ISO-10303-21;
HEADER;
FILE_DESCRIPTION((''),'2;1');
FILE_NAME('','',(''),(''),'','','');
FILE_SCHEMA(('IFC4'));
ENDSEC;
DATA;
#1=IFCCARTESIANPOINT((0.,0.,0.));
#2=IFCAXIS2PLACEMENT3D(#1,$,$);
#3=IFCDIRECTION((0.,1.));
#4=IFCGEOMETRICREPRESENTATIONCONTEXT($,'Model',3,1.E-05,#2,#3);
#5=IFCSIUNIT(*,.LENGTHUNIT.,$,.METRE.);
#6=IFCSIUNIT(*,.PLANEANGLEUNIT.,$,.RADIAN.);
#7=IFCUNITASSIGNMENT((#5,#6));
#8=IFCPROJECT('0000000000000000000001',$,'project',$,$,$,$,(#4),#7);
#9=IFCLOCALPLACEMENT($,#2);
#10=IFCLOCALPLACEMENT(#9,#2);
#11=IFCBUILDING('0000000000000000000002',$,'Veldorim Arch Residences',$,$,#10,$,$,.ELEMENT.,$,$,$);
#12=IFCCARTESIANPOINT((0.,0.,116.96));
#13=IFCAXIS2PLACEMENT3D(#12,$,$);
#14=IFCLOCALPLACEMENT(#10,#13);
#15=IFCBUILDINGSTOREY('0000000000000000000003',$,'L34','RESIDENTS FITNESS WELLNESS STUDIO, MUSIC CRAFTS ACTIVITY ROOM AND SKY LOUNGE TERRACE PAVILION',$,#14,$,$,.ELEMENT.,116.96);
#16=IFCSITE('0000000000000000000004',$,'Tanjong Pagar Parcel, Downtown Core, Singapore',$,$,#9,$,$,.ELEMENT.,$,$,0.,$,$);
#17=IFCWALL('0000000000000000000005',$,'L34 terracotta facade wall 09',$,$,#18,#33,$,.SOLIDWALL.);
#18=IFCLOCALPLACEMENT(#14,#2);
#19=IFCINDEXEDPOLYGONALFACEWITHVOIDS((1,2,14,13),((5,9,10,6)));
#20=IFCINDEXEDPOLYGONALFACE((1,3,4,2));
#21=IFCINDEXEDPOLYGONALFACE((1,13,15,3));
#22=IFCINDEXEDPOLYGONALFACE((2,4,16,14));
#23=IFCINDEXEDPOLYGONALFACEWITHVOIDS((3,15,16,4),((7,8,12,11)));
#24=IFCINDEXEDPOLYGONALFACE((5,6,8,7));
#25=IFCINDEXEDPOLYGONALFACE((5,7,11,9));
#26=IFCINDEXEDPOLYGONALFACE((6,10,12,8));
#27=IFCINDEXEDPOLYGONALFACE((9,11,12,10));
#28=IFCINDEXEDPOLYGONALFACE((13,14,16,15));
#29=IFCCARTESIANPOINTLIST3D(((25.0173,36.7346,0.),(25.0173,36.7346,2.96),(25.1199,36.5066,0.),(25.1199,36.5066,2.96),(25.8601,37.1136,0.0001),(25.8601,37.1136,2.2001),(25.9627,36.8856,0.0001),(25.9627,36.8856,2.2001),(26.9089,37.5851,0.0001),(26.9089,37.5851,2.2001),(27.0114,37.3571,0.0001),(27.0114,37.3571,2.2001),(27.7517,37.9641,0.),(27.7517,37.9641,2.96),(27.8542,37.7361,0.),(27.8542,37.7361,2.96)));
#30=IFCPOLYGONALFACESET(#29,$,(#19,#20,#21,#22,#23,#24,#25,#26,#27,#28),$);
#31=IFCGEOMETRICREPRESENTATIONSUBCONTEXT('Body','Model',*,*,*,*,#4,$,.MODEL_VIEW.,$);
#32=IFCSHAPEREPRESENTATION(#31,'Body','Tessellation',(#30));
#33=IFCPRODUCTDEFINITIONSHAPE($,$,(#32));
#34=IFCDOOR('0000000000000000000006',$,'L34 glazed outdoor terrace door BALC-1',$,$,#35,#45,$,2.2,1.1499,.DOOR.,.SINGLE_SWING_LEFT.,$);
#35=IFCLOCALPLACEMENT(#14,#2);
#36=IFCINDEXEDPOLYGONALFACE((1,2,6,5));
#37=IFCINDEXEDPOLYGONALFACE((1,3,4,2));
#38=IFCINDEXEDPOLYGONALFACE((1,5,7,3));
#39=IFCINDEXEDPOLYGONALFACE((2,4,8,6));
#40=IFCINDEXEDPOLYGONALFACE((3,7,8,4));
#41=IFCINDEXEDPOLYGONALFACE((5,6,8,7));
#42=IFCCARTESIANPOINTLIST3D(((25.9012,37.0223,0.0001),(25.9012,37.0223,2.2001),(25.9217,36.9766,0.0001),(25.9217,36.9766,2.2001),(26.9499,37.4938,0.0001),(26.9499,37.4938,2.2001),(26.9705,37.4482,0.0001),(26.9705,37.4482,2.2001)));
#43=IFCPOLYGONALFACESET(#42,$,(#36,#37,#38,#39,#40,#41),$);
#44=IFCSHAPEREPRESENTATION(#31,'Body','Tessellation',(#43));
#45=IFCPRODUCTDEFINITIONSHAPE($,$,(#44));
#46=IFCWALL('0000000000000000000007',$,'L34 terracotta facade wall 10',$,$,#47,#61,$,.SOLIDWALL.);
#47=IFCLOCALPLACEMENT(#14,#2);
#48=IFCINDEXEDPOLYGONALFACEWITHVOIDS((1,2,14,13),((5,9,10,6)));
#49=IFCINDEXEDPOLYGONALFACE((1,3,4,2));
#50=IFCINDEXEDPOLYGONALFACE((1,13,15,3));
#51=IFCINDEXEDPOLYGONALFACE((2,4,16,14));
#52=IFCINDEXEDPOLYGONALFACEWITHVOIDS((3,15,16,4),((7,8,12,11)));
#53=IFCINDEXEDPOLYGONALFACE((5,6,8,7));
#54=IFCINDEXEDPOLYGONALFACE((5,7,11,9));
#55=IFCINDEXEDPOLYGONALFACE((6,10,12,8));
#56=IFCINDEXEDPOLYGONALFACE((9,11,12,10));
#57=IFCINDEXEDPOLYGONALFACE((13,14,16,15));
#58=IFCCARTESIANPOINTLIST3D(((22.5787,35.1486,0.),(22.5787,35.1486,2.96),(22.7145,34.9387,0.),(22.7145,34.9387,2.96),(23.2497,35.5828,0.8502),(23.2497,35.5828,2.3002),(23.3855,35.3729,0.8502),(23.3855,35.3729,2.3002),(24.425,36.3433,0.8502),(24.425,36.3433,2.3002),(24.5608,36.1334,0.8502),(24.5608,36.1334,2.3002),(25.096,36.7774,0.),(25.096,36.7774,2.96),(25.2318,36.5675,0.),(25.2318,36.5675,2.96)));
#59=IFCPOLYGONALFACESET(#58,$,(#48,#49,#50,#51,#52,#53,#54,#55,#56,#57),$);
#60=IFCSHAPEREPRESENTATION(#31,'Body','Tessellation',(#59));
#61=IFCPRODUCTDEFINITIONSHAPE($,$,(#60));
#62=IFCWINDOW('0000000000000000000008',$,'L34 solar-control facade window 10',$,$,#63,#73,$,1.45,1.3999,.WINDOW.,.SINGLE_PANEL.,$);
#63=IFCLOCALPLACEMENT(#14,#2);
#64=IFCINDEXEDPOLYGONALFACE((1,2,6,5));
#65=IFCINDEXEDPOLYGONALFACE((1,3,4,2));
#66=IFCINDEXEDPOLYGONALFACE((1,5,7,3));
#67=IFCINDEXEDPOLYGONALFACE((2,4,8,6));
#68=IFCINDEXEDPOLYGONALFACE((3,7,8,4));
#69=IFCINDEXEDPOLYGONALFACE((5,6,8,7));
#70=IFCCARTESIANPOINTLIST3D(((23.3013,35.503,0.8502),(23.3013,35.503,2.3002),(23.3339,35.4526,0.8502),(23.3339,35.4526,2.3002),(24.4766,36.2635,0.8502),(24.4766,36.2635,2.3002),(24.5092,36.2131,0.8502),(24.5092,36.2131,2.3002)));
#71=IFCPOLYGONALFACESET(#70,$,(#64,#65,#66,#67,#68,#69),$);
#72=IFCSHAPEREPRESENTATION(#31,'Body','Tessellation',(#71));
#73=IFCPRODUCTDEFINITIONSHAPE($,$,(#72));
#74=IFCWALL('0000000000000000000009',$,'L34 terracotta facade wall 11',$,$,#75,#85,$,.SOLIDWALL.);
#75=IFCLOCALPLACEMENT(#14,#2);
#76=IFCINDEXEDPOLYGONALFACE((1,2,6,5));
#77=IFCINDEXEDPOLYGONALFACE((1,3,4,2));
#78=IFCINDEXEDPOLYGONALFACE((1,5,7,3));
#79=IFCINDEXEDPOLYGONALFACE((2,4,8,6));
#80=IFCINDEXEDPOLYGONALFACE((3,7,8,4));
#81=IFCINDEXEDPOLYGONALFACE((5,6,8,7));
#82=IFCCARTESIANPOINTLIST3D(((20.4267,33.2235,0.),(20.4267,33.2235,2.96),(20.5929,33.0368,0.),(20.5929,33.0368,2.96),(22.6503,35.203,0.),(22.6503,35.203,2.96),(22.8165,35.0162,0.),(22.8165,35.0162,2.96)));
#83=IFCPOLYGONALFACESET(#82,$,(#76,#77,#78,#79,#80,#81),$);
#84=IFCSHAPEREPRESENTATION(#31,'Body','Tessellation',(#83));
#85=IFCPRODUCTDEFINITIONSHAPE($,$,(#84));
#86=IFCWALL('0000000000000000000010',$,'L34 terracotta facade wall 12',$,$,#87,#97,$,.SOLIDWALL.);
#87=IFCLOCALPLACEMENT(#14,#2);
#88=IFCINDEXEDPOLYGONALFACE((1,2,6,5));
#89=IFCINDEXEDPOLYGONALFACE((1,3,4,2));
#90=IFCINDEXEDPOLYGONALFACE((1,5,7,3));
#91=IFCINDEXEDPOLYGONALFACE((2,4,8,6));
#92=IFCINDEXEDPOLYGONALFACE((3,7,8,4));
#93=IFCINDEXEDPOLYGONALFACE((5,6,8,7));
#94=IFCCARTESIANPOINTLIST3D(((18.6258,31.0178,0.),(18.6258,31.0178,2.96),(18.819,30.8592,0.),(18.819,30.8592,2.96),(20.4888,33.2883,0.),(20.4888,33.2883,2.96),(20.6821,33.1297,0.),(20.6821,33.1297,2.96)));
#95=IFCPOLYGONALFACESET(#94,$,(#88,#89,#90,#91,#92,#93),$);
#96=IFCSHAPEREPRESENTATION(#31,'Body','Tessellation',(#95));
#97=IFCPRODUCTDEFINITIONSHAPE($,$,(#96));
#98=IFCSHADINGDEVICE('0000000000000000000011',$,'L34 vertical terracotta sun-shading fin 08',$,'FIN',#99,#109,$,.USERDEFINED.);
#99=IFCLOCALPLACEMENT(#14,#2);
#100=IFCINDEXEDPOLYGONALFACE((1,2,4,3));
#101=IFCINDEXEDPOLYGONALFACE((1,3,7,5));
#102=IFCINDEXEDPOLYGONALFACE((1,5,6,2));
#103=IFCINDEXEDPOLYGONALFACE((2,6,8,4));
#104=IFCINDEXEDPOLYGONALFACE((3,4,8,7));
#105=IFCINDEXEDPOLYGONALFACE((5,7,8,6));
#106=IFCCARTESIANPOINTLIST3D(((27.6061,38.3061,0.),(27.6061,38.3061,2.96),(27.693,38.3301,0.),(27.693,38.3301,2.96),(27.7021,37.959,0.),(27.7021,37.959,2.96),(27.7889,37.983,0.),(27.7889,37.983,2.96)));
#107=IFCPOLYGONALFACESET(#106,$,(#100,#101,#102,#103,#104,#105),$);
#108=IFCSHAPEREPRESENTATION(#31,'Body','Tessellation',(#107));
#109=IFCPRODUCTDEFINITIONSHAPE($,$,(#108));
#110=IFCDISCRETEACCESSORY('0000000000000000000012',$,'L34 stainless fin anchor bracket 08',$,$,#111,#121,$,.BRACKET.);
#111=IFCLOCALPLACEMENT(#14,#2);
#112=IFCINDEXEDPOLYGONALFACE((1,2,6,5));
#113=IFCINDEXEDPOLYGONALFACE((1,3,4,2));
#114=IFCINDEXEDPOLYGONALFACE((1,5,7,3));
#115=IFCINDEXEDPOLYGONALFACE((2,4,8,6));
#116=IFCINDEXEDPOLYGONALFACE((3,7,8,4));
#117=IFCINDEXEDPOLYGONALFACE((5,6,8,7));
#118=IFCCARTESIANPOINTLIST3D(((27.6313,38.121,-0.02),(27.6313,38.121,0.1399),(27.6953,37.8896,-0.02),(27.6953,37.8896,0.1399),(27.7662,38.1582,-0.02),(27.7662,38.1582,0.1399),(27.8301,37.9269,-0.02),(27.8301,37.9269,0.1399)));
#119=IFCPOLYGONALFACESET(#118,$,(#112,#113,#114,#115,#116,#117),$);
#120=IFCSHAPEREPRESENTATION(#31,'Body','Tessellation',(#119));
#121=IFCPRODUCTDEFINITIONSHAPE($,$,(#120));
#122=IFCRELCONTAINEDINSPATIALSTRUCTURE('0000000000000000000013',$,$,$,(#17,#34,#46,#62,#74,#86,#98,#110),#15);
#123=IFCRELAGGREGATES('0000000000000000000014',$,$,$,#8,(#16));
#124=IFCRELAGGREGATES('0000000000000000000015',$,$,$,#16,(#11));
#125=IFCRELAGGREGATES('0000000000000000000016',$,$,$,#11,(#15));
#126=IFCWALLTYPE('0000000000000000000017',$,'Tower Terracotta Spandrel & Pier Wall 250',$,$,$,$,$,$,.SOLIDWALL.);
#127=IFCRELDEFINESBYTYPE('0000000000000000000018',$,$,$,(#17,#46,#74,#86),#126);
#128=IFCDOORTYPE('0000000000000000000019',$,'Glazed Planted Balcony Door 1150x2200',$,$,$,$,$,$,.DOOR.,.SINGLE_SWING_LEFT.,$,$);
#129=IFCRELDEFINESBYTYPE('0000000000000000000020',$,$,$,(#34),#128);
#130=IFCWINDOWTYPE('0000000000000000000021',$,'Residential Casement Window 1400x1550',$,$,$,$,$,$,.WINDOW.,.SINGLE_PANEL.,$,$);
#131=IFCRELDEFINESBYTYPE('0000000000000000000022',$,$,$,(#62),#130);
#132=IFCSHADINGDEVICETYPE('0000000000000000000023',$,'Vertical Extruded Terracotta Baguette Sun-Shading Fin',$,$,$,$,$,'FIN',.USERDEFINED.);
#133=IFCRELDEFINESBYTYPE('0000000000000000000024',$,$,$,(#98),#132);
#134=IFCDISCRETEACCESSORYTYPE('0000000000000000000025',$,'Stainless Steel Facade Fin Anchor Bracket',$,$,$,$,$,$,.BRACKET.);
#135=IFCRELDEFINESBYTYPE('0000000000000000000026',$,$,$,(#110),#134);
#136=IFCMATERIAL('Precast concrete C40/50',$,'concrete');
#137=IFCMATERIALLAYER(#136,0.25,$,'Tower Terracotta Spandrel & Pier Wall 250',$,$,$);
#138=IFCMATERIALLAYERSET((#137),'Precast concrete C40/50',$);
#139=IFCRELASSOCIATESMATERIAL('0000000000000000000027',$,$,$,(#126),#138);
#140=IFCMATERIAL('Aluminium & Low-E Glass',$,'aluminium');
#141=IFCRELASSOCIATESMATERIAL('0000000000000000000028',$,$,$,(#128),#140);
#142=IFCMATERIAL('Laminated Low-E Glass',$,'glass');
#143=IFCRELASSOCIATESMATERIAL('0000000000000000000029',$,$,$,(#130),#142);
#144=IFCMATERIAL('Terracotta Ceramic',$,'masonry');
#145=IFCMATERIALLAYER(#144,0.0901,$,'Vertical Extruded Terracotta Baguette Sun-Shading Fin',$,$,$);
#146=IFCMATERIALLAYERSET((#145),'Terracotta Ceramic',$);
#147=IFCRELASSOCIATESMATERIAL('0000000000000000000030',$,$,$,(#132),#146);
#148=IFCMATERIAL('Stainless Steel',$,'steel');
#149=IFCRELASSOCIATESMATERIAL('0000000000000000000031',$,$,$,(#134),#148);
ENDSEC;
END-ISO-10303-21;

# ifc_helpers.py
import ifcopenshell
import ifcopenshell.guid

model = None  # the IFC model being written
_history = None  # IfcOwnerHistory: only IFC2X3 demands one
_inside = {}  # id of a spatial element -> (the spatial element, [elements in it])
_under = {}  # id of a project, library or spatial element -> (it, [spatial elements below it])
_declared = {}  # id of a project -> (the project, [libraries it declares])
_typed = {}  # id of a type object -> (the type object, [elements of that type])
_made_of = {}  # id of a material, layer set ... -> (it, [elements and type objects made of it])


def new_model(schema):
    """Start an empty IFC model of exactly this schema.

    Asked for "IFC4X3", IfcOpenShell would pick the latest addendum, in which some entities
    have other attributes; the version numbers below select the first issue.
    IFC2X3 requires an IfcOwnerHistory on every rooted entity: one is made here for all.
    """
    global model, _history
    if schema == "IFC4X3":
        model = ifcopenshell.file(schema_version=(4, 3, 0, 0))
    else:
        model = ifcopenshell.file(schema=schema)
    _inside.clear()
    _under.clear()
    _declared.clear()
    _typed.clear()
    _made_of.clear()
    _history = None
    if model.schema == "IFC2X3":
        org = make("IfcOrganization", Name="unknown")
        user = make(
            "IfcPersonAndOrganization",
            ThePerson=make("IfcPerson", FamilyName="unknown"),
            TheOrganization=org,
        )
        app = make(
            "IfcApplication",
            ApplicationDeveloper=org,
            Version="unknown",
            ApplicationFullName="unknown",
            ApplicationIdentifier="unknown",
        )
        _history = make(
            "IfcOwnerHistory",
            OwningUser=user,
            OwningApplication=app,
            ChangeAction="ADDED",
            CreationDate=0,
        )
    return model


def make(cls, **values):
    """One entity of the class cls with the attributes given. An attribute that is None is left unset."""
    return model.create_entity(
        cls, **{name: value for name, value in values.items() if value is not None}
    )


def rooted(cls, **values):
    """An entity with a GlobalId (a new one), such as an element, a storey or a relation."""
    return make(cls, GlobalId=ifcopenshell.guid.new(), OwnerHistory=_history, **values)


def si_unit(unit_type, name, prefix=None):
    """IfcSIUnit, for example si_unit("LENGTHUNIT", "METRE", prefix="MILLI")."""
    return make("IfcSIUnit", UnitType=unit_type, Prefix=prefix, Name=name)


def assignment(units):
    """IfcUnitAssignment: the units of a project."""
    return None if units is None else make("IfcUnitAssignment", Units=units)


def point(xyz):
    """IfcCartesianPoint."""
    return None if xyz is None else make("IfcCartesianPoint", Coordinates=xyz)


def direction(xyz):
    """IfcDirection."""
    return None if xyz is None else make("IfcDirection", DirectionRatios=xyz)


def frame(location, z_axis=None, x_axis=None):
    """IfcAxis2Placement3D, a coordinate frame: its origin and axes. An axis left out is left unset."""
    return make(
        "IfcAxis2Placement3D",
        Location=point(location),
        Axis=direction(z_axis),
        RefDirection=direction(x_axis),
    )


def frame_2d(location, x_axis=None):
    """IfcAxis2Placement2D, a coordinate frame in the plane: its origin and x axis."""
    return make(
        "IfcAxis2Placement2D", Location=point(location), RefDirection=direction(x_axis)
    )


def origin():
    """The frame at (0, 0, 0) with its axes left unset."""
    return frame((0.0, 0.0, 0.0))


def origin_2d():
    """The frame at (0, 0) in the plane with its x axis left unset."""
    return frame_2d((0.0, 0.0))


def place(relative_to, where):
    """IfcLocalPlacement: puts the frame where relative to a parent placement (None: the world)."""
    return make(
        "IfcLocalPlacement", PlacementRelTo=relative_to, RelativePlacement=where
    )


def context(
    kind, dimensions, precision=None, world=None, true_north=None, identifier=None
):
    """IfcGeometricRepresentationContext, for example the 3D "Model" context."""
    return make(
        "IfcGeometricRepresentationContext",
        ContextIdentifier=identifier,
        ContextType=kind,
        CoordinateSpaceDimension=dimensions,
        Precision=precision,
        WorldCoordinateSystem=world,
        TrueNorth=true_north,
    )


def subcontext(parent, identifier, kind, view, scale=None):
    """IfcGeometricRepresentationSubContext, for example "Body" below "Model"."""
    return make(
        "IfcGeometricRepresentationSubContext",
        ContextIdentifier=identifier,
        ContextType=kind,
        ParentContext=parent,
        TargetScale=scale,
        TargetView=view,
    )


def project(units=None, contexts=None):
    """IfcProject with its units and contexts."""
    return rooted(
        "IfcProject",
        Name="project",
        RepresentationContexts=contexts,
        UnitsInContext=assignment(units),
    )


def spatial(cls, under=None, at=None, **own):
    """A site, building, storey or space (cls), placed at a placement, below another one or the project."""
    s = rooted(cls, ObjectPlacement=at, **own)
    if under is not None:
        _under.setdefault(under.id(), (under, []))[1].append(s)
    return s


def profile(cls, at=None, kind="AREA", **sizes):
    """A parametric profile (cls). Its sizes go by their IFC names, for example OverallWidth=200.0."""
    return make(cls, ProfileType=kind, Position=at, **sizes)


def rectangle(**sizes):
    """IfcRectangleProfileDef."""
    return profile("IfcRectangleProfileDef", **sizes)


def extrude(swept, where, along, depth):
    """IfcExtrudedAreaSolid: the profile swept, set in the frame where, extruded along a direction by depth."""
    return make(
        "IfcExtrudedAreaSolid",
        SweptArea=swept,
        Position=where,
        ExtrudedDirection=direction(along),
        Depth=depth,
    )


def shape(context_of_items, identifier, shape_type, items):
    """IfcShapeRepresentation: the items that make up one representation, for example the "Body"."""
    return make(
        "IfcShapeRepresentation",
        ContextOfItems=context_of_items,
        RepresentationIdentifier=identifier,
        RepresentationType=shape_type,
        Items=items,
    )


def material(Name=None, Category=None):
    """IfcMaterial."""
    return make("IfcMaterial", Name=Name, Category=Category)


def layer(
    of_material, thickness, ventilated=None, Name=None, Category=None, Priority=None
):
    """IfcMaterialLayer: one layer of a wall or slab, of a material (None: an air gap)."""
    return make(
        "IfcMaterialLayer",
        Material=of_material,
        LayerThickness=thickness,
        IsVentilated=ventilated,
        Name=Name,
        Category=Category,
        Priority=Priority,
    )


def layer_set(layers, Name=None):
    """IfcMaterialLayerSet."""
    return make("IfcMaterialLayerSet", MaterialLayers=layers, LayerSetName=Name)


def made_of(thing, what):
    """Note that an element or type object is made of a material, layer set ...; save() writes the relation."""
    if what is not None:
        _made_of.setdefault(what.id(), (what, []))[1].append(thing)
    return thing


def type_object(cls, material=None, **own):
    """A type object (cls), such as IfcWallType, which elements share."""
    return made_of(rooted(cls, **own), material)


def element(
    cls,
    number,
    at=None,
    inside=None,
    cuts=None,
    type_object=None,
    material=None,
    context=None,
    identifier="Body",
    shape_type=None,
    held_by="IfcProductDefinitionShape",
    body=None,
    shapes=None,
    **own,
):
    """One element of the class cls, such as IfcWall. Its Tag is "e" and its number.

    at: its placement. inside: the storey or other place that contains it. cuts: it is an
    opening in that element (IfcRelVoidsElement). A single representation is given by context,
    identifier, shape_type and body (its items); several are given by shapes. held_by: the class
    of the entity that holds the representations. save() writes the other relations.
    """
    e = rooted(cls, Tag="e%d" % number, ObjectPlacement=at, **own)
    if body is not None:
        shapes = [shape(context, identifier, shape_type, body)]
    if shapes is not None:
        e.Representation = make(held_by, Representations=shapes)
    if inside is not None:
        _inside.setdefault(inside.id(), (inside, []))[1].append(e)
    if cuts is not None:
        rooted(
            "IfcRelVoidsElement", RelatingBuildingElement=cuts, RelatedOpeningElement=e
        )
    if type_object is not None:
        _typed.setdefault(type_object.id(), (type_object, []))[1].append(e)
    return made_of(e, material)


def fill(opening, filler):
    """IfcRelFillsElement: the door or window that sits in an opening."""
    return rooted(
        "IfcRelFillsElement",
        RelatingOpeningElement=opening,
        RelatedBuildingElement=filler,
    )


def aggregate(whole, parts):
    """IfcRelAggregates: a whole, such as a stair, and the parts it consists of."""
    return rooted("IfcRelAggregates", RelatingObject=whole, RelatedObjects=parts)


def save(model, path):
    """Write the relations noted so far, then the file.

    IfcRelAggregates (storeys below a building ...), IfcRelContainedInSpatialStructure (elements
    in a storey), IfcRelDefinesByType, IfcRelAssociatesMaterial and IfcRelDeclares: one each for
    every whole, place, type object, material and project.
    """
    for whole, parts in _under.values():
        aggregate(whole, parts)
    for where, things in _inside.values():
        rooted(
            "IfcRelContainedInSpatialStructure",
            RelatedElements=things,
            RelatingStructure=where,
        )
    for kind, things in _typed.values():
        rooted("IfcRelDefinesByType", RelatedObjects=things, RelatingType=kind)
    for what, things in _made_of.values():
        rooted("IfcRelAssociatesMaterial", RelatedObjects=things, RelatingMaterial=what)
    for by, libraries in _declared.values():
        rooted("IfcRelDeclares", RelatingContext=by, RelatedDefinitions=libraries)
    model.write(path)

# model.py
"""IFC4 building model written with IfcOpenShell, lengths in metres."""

from ifc_helpers import new_model, si_unit, direction, frame, frame_2d, origin, origin_2d, place, context, subcontext, project, spatial, rectangle, extrude, material, layer, layer_set, type_object, element, fill, save


model = new_model("IFC4")

# Units and contexts
model_context = context("Model", 3, precision=1e-05, world=origin(), true_north=direction((0.0, 1.0)))
body_context = subcontext(model_context, "Body", "Model", "MODEL_VIEW")
ifc_project = project(units=[si_unit("LENGTHUNIT", "METRE"), si_unit("PLANEANGLEUNIT", "RADIAN")], contexts=[model_context])

# Site, building, storey
site_placement = place(None, origin())
site = spatial("IfcSite", under=ifc_project, at=site_placement, Name="Tanjong Pagar Parcel, Downtown Core, Singapore", CompositionType="ELEMENT", RefElevation=0.0)
building_placement = place(site_placement, origin())
building = spatial("IfcBuilding", under=site, at=building_placement, Name="Veldorim Arch Residences", CompositionType="ELEMENT")
storey_placement = place(building_placement, frame((0.0, 0.0, 116.96)))
storey = spatial("IfcBuildingStorey", under=building, at=storey_placement, Name="L34", Description="RESIDENTS FITNESS WELLNESS STUDIO, MUSIC CRAFTS ACTIVITY ROOM AND SKY LOUNGE TERRACE PAVILION", CompositionType="ELEMENT", Elevation=116.96)

# Wall, opening, door
ifc_material_1 = material(Name="Precast concrete C40/50", Category="concrete")
ifc_layer_1 = layer(ifc_material_1, 0.25, Name="Tower Terracotta Spandrel & Pier Wall 250")
ifc_layer_set_1 = layer_set([ifc_layer_1], Name="Precast concrete C40/50")
wall_type_1 = type_object("IfcWallType", Name="Tower Terracotta Spandrel & Pier Wall 250", PredefinedType="SOLIDWALL", material=ifc_layer_set_1)
wall_1_placement = place(storey_placement, frame((25.0686, 36.6206, 0.0), z_axis=(0.0, 0.0, 1.0), x_axis=(0.912043, 0.410094, 0.0)))
wall_1 = element("IfcWall", 1, at=wall_1_placement, inside=storey, type_object=wall_type_1, Name="L34 terracotta facade wall 09", PredefinedType="SOLIDWALL", context=body_context, shape_type="SweptSolid", body=[
    extrude(rectangle(XDim=2.998, YDim=0.25, at=frame_2d((1.499, 0.0))), origin(), (0.0, 0.0, 1.0), 2.96),
])
opening_1_placement = place(wall_1_placement, frame((0.9241, 0.0, 0.0)))
opening_1 = element("IfcOpeningElement", 2, at=opening_1_placement, cuts=wall_1, PredefinedType="OPENING", context=body_context, shape_type="SweptSolid", body=[
    extrude(rectangle(XDim=1.1499, YDim=2.2, at=frame_2d((0.575, 1.1001))), frame((0.0, 0.135, 0.0), z_axis=(0.0, -1.0, 0.0), x_axis=(1.0, 0.0, 0.0)), (0.0, 0.0, 1.0), 0.27),
])
ifc_material_2 = material(Name="Aluminium & Low-E Glass", Category="aluminium")
door_type_1 = type_object("IfcDoorType", Name="Glazed Planted Balcony Door 1150x2200", OperationType="SINGLE_SWING_LEFT", PredefinedType="DOOR", material=ifc_material_2)
door_1_placement = place(opening_1_placement, origin())
door_1 = element("IfcDoor", 3, at=door_1_placement, inside=storey, type_object=door_type_1, Name="L34 glazed outdoor terrace door BALC-1", OperationType="SINGLE_SWING_LEFT", OverallHeight=2.2, OverallWidth=1.1499, PredefinedType="DOOR", context=body_context, shape_type="SweptSolid", body=[
    extrude(rectangle(XDim=1.1499, YDim=2.2, at=frame_2d((0.575, 1.1001))), frame((0.0, 0.0249, 0.0), z_axis=(0.0, -1.0, 0.0), x_axis=(1.0, 0.0, 0.0)), (0.0, 0.0, 1.0), 0.05),
])
fill(opening_1, door_1)

# Wall, opening, window
wall_2_placement = place(storey_placement, frame((22.6467, 35.0437, 0.0), z_axis=(0.0, 0.0, 1.0), x_axis=(0.839564, 0.543261, 0.0)))
wall_2 = element("IfcWall", 4, at=wall_2_placement, inside=storey, type_object=wall_type_1, Name="L34 terracotta facade wall 10", PredefinedType="SOLIDWALL", context=body_context, shape_type="SweptSolid", body=[
    extrude(rectangle(XDim=2.9983, YDim=0.25, at=frame_2d((1.499, 0.0))), origin(), (0.0, 0.0, 1.0), 2.96),
])
opening_2_placement = place(wall_2_placement, frame((0.7991, 0.0, 0.8501)))
opening_2 = element("IfcOpeningElement", 5, at=opening_2_placement, cuts=wall_2, PredefinedType="OPENING", context=body_context, shape_type="SweptSolid", body=[
    extrude(rectangle(XDim=1.3999, YDim=1.45, at=frame_2d((0.7, 0.7251))), frame((0.0, 0.135, 0.0), z_axis=(0.0, -1.0, 0.0), x_axis=(1.0, 0.0, 0.0)), (0.0, 0.0, 1.0), 0.27),
])
ifc_material_3 = material(Name="Laminated Low-E Glass", Category="glass")
window_type = type_object("IfcWindowType", Name="Residential Casement Window 1400x1550", PartitioningType="SINGLE_PANEL", PredefinedType="WINDOW", material=ifc_material_3)
window_placement = place(opening_2_placement, origin())
window = element("IfcWindow", 6, at=window_placement, inside=storey, type_object=window_type, Name="L34 solar-control facade window 10", OverallHeight=1.45, OverallWidth=1.3999, PartitioningType="SINGLE_PANEL", PredefinedType="WINDOW", context=body_context, shape_type="SweptSolid", body=[
    extrude(rectangle(XDim=1.3999, YDim=1.45, at=frame_2d((0.7, 0.7251))), frame((0.0, 0.03, 0.0), z_axis=(0.0, -1.0, 0.0), x_axis=(1.0, 0.0, 0.0)), (0.0, 0.0, 1.0), 0.0601),
])
fill(opening_2, window)

# Walls
wall_3_placement = place(storey_placement, frame((20.5098, 33.1301, 0.0), z_axis=(0.0, 0.0, 1.0), x_axis=(0.74692, 0.664913, 0.0)))
element("IfcWall", 7, at=wall_3_placement, inside=storey, type_object=wall_type_1, Name="L34 terracotta facade wall 11", PredefinedType="SOLIDWALL", context=body_context, shape_type="SweptSolid", body=[
    extrude(rectangle(XDim=2.9771, YDim=0.25, at=frame_2d((1.4885, 0.0))), origin(), (0.0, 0.0, 1.0), 2.96),
])
wall_4_placement = place(storey_placement, frame((18.7224, 30.9385, 0.0), z_axis=(0.0, 0.0, 1.0), x_axis=(0.634328, 0.773064, 0.0)))
element("IfcWall", 8, at=wall_4_placement, inside=storey, type_object=wall_type_1, Name="L34 terracotta facade wall 12", PredefinedType="SOLIDWALL", context=body_context, shape_type="SweptSolid", body=[
    extrude(rectangle(XDim=2.937, YDim=0.25, at=frame_2d((1.4685, 0.0))), origin(), (0.0, 0.0, 1.0), 2.96),
])

# Shading device
ifc_material_4 = material(Name="Terracotta Ceramic", Category="masonry")
ifc_layer_2 = layer(ifc_material_4, 0.0901, Name="Vertical Extruded Terracotta Baguette Sun-Shading Fin")
ifc_layer_set_2 = layer_set([ifc_layer_2], Name="Terracotta Ceramic")
shading_device_type = type_object("IfcShadingDeviceType", Name="Vertical Extruded Terracotta Baguette Sun-Shading Fin", ElementType="FIN", PredefinedType="USERDEFINED", material=ifc_layer_set_2)
shading_device_placement = place(storey_placement, frame((27.6975, 38.1445, 0.0), z_axis=(0.0, 0.0, 1.0), x_axis=(0.963863, 0.266397, 0.0)))
element("IfcShadingDevice", 9, at=shading_device_placement, inside=storey, type_object=shading_device_type, Name="L34 vertical terracotta sun-shading fin 08", ObjectType="FIN", PredefinedType="USERDEFINED", context=body_context, shape_type="SweptSolid", body=[
    extrude(rectangle(XDim=0.0901, YDim=0.3601, at=origin_2d()), origin(), (0.0, 0.0, 1.0), 2.96),
])

# Discrete accessory
ifc_material_5 = material(Name="Stainless Steel", Category="steel")
discrete_accessory_type = type_object("IfcDiscreteAccessoryType", Name="Stainless Steel Facade Fin Anchor Bracket", PredefinedType="BRACKET", material=ifc_material_5)
discrete_accessory_placement = place(storey_placement, frame((27.7307, 38.0239, -0.02), z_axis=(0.0, 0.0, 1.0), x_axis=(0.963863, 0.266397, 0.0)))
element("IfcDiscreteAccessory", 10, at=discrete_accessory_placement, inside=storey, type_object=discrete_accessory_type, Name="L34 stainless fin anchor bracket 08", PredefinedType="BRACKET", context=body_context, shape_type="SweptSolid", body=[
    extrude(rectangle(XDim=0.1399, YDim=0.24, at=origin_2d()), origin(), (0.0, 0.0, 1.0), 0.1599),
])

save(model, "model.ifc")
